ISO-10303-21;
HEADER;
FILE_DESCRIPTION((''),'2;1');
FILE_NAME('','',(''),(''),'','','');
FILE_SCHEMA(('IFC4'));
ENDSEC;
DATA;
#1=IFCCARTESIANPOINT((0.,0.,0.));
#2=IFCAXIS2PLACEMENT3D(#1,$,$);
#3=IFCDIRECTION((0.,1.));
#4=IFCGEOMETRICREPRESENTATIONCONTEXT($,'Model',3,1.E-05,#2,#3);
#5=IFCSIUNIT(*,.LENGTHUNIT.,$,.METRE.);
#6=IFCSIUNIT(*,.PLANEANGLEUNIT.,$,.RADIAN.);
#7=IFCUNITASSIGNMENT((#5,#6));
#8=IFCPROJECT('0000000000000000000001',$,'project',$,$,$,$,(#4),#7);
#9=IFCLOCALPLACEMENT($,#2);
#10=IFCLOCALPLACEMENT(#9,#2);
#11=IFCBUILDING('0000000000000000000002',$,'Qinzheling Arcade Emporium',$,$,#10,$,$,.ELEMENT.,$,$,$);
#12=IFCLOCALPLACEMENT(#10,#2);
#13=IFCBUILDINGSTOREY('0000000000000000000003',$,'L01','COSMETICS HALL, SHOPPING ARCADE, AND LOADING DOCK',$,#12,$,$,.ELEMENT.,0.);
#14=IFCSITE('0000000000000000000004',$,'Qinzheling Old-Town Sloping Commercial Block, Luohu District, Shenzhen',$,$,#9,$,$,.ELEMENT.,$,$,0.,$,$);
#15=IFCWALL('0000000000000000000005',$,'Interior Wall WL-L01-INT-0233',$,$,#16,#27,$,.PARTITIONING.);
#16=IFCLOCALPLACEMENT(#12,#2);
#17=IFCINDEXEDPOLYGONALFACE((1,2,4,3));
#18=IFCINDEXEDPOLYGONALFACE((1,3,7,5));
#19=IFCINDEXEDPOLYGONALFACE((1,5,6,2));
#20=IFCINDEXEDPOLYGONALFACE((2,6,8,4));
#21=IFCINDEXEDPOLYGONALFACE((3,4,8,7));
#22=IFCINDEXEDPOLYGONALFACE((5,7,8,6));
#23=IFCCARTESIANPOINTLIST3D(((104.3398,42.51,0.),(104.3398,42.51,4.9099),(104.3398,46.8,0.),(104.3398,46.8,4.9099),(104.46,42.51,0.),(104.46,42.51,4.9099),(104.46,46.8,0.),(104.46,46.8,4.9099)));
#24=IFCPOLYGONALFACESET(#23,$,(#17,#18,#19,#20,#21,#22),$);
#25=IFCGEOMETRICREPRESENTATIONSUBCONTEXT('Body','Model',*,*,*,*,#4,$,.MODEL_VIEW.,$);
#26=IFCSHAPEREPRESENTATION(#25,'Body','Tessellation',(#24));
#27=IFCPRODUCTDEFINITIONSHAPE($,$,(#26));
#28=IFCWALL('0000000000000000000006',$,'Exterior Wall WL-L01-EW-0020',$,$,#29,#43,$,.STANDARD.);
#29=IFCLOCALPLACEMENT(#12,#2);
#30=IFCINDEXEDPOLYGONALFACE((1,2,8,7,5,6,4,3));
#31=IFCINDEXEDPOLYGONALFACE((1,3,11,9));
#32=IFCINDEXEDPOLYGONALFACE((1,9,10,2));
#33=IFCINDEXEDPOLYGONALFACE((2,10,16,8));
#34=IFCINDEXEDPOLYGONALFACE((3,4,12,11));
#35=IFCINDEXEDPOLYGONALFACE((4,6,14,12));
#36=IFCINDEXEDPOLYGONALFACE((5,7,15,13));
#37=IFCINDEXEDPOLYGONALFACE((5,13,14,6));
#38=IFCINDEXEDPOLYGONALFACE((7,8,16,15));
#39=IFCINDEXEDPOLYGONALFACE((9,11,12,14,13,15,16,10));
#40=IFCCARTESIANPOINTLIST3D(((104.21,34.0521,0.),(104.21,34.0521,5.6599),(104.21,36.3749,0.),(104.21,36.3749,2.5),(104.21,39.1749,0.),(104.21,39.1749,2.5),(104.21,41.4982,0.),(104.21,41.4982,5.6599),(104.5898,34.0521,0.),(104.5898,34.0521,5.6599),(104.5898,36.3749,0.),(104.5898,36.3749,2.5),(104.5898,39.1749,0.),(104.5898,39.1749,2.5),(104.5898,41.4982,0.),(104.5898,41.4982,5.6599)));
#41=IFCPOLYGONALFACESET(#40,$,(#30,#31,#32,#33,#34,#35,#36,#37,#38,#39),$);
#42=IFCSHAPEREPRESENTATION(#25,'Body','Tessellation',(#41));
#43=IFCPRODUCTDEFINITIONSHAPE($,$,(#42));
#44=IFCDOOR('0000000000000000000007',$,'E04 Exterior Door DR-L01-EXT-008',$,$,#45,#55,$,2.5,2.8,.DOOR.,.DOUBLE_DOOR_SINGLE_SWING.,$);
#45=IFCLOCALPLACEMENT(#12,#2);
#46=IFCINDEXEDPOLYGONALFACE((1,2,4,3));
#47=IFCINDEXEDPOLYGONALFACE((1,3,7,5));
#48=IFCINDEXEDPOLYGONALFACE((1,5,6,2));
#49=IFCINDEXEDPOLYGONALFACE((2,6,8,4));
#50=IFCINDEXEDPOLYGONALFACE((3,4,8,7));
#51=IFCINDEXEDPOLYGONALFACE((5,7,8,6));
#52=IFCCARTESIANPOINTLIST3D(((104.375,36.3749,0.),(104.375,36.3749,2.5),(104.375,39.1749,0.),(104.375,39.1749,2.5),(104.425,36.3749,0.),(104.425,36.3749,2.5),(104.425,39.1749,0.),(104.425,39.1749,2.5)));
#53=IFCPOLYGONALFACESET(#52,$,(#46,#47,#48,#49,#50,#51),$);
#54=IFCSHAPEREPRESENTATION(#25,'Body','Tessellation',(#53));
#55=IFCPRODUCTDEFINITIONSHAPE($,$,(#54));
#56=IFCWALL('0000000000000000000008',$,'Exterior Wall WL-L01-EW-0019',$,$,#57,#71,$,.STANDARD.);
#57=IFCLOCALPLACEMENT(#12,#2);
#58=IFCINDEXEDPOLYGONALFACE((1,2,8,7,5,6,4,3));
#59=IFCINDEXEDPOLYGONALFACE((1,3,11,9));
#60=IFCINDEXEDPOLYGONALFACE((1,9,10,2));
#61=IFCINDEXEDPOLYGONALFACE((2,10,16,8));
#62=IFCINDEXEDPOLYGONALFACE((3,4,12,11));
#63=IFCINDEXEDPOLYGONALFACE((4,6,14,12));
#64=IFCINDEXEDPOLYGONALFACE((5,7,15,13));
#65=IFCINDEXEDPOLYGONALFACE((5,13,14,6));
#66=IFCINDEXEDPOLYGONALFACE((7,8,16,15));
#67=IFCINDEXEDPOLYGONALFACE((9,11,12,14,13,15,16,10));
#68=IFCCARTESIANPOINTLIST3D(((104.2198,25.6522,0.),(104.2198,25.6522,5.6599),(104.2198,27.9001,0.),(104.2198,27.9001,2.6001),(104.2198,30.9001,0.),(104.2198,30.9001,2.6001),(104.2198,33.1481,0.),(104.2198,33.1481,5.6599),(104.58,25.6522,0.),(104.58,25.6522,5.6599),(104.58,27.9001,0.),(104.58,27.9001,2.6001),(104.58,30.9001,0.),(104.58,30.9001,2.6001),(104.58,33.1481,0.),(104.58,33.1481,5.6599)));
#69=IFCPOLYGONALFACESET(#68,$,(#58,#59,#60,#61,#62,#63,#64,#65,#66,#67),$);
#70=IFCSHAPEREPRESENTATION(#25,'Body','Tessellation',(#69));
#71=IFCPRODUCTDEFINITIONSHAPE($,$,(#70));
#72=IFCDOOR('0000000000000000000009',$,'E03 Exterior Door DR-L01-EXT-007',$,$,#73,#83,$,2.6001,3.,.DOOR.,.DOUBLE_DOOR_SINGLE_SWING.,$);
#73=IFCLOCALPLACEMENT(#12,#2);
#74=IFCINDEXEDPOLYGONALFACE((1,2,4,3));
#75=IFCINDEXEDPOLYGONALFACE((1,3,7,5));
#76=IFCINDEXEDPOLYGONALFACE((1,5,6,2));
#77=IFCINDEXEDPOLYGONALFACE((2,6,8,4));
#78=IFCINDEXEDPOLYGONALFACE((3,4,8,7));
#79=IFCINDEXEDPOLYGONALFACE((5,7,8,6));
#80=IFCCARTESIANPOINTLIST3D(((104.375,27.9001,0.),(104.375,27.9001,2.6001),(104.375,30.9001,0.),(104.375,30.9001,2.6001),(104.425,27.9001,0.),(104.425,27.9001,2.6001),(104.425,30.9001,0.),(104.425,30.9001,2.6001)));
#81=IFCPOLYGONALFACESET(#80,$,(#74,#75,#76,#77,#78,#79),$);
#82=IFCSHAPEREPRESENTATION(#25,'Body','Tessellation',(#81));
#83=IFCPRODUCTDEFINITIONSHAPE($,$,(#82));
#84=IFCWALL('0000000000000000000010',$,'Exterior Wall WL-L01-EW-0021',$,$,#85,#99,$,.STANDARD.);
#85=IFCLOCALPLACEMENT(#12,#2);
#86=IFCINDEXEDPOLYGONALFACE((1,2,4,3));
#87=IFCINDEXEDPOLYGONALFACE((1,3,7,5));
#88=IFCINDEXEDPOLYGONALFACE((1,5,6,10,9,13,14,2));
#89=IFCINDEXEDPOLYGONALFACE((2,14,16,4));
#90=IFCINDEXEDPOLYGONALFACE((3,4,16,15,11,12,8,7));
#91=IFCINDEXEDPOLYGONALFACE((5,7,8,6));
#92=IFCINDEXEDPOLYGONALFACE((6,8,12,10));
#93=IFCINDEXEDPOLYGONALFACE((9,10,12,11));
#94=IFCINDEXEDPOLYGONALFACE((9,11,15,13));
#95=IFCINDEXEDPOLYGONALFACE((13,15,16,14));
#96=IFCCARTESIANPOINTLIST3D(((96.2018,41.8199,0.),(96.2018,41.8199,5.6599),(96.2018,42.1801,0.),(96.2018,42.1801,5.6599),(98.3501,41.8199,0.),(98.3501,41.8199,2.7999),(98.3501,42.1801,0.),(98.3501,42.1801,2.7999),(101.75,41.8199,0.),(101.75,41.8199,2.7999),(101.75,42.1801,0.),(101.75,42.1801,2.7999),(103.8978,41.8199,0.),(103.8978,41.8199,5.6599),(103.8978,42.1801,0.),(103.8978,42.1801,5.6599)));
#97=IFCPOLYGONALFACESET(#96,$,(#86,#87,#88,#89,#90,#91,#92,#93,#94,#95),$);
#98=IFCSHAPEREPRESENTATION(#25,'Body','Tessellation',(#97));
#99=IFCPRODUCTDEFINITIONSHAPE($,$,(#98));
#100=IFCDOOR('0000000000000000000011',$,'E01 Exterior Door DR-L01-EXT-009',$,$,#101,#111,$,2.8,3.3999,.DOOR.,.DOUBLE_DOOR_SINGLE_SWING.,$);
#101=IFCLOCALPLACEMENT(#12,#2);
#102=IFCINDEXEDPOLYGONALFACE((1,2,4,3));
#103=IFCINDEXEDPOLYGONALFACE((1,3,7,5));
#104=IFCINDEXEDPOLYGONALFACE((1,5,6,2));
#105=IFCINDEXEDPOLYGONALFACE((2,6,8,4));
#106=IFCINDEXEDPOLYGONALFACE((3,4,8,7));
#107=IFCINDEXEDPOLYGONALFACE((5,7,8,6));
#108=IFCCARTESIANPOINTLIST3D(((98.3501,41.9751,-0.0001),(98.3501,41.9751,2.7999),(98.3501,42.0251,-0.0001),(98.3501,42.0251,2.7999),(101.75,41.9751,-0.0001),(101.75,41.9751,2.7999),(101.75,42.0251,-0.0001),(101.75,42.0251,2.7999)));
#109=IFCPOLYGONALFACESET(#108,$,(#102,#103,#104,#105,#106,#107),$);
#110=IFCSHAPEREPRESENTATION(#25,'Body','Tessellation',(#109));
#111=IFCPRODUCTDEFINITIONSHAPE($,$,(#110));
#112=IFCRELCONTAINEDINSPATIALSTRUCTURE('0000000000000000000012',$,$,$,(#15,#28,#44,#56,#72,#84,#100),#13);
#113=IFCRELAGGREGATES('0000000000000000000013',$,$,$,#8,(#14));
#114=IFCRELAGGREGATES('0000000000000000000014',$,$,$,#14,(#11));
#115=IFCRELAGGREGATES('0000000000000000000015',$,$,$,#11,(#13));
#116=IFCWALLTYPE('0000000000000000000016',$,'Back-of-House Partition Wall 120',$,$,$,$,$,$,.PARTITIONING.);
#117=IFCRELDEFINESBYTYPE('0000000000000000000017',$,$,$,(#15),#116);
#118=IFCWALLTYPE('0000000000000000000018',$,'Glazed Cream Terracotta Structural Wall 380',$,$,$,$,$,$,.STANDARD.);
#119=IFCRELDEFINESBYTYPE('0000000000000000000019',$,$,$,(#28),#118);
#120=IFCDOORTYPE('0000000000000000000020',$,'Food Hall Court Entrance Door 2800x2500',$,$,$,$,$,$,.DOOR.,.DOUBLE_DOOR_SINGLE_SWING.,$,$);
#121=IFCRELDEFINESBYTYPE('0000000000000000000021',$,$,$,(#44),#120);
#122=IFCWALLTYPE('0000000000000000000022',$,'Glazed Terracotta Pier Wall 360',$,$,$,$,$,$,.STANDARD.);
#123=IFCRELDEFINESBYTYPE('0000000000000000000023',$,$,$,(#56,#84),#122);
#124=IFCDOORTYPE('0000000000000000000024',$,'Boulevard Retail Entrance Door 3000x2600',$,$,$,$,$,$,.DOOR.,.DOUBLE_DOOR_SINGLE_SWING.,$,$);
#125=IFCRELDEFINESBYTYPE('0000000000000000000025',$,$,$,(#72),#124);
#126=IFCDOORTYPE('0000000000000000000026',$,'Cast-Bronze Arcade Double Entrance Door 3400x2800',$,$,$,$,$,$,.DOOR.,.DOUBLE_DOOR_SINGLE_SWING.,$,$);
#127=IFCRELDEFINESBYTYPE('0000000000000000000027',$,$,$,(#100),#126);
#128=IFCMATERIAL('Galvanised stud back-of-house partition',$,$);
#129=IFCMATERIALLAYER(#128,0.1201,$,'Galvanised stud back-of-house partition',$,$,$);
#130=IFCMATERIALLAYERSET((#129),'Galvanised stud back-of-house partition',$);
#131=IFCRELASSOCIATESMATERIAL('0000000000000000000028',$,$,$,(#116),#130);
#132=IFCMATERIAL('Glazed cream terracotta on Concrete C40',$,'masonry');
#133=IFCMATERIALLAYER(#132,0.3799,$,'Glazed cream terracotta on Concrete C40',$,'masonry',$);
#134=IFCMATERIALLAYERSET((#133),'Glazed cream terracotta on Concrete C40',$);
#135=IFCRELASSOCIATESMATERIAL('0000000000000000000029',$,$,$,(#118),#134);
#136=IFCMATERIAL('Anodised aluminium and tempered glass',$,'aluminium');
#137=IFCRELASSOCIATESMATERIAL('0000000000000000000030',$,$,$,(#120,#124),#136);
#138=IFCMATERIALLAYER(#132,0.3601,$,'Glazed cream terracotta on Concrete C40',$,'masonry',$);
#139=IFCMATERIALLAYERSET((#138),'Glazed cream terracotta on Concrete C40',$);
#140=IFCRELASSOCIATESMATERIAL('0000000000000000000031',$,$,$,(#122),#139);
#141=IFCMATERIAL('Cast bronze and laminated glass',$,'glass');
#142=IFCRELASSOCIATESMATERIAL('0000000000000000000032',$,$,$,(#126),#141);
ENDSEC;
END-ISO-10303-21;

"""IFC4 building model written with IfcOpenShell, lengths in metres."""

from ifc_helpers import new_model, si_unit, direction, frame, frame_2d, origin, place, context, subcontext, project, spatial, rectangle, extrude, material, layer, layer_set, type_object, element, fill, save


model = new_model("IFC4")

# Units and contexts
model_context = context("Model", 3, precision=1e-05, world=origin(), true_north=direction((0.0, 1.0)))
body_context = subcontext(model_context, "Body", "Model", "MODEL_VIEW")
ifc_project = project(units=[si_unit("LENGTHUNIT", "METRE"), si_unit("PLANEANGLEUNIT", "RADIAN")], contexts=[model_context])

# Site, building, storey
site_placement = place(None, origin())
site = spatial("IfcSite", under=ifc_project, at=site_placement, Name="Qinzheling Old-Town Sloping Commercial Block, Luohu District, Shenzhen", CompositionType="ELEMENT", RefElevation=0.0)
building_placement = place(site_placement, origin())
building = spatial("IfcBuilding", under=site, at=building_placement, Name="Qinzheling Arcade Emporium", CompositionType="ELEMENT")
storey_placement = place(building_placement, origin())
storey = spatial("IfcBuildingStorey", under=building, at=storey_placement, Name="L01", Description="COSMETICS HALL, SHOPPING ARCADE, AND LOADING DOCK", CompositionType="ELEMENT", Elevation=0.0)

# Wall
ifc_material_1 = material(Name="Galvanised stud back-of-house partition")
ifc_layer_1 = layer(ifc_material_1, 0.1201, Name="Galvanised stud back-of-house partition")
ifc_layer_set_1 = layer_set([ifc_layer_1], Name="Galvanised stud back-of-house partition")
wall_type_1 = type_object("IfcWallType", Name="Back-of-House Partition Wall 120", PredefinedType="PARTITIONING", material=ifc_layer_set_1)
wall_1_placement = place(storey_placement, frame((104.3999, 46.8, 0.0), z_axis=(0.0, 0.0, 1.0), x_axis=(0.0, -1.0, 0.0)))
element("IfcWall", 1, at=wall_1_placement, inside=storey, type_object=wall_type_1, Name="Interior Wall WL-L01-INT-0233", PredefinedType="PARTITIONING", context=body_context, shape_type="SweptSolid", body=[
    extrude(rectangle(XDim=4.29, YDim=0.1201, at=frame_2d((2.145, 0.0))), origin(), (0.0, 0.0, 1.0), 4.9099),
])

# Walls, openings, doors
ifc_material_2 = material(Name="Glazed cream terracotta on Concrete C40", Category="masonry")
ifc_layer_2 = layer(ifc_material_2, 0.3799, Name="Glazed cream terracotta on Concrete C40", Category="masonry")
ifc_layer_set_2 = layer_set([ifc_layer_2], Name="Glazed cream terracotta on Concrete C40")
wall_type_2 = type_object("IfcWallType", Name="Glazed Cream Terracotta Structural Wall 380", PredefinedType="STANDARD", material=ifc_layer_set_2)
wall_2_placement = place(storey_placement, frame((104.3999, 34.052, 0.0), z_axis=(0.0, 0.0, 1.0), x_axis=(0.0, 1.0, 0.0)))
wall_2 = element("IfcWall", 2, at=wall_2_placement, inside=storey, type_object=wall_type_2, Name="Exterior Wall WL-L01-EW-0020", PredefinedType="STANDARD", context=body_context, shape_type="SweptSolid", body=[
    extrude(rectangle(XDim=7.446, YDim=0.3799, at=frame_2d((3.7231, 0.0))), origin(), (0.0, 0.0, 1.0), 5.6599),
])
opening_1_placement = place(wall_2_placement, frame((2.323, 0.0, 0.0)))
opening_1 = element("IfcOpeningElement", 3, at=opening_1_placement, cuts=wall_2, PredefinedType="OPENING", context=body_context, shape_type="SweptSolid", body=[
    extrude(rectangle(XDim=2.8, YDim=2.5, at=frame_2d((1.3999, 1.25))), frame((0.0, 0.2, 0.0), z_axis=(0.0, -1.0, 0.0), x_axis=(1.0, 0.0, 0.0)), (0.0, 0.0, 1.0), 0.3999),
])
ifc_material_3 = material(Name="Anodised aluminium and tempered glass", Category="aluminium")
door_type_1 = type_object("IfcDoorType", Name="Food Hall Court Entrance Door 2800x2500", OperationType="DOUBLE_DOOR_SINGLE_SWING", PredefinedType="DOOR", material=ifc_material_3)
door_1_placement = place(opening_1_placement, origin())
door_1 = element("IfcDoor", 4, at=door_1_placement, inside=storey, type_object=door_type_1, Name="E04 Exterior Door DR-L01-EXT-008", OperationType="DOUBLE_DOOR_SINGLE_SWING", OverallHeight=2.5, OverallWidth=2.8, PredefinedType="DOOR", context=body_context, shape_type="SweptSolid", body=[
    extrude(rectangle(XDim=2.8, YDim=2.5, at=frame_2d((1.3999, 1.25))), frame((0.0, 0.0249, 0.0), z_axis=(0.0, -1.0, 0.0), x_axis=(1.0, 0.0, 0.0)), (0.0, 0.0, 1.0), 0.05),
])
fill(opening_1, door_1)
ifc_layer_3 = layer(ifc_material_2, 0.3601, Name="Glazed cream terracotta on Concrete C40", Category="masonry")
ifc_layer_set_3 = layer_set([ifc_layer_3], Name="Glazed cream terracotta on Concrete C40")
wall_type_3 = type_object("IfcWallType", Name="Glazed Terracotta Pier Wall 360", PredefinedType="STANDARD", material=ifc_layer_set_3)
wall_3_placement = place(storey_placement, frame((104.3999, 25.6521, 0.0), z_axis=(0.0, 0.0, 1.0), x_axis=(0.0, 1.0, 0.0)))
wall_3 = element("IfcWall", 5, at=wall_3_placement, inside=storey, type_object=wall_type_3, Name="Exterior Wall WL-L01-EW-0019", PredefinedType="STANDARD", context=body_context, shape_type="SweptSolid", body=[
    extrude(rectangle(XDim=7.4958, YDim=0.3601, at=frame_2d((3.748, 0.0))), origin(), (0.0, 0.0, 1.0), 5.6599),
])
opening_2_placement = place(wall_3_placement, frame((2.248, 0.0, 0.0)))
opening_2 = element("IfcOpeningElement", 6, at=opening_2_placement, cuts=wall_3, PredefinedType="OPENING", context=body_context, shape_type="SweptSolid", body=[
    extrude(rectangle(XDim=3.0, YDim=2.6001, at=frame_2d((1.5, 1.3))), frame((0.0, 0.1899, 0.0), z_axis=(0.0, -1.0, 0.0), x_axis=(1.0, 0.0, 0.0)), (0.0, 0.0, 1.0), 0.3801),
])
door_type_2 = type_object("IfcDoorType", Name="Boulevard Retail Entrance Door 3000x2600", OperationType="DOUBLE_DOOR_SINGLE_SWING", PredefinedType="DOOR", material=ifc_material_3)
door_2_placement = place(opening_2_placement, origin())
door_2 = element("IfcDoor", 7, at=door_2_placement, inside=storey, type_object=door_type_2, Name="E03 Exterior Door DR-L01-EXT-007", OperationType="DOUBLE_DOOR_SINGLE_SWING", OverallHeight=2.6001, OverallWidth=3.0, PredefinedType="DOOR", context=body_context, shape_type="SweptSolid", body=[
    extrude(rectangle(XDim=3.0, YDim=2.6001, at=frame_2d((1.5, 1.3))), frame((0.0, 0.0249, 0.0), z_axis=(0.0, -1.0, 0.0), x_axis=(1.0, 0.0, 0.0)), (0.0, 0.0, 1.0), 0.05),
])
fill(opening_2, door_2)
wall_4_placement = place(storey_placement, frame((103.8979, 42.0, 0.0), z_axis=(0.0, 0.0, 1.0), x_axis=(-1.0, 0.0, 0.0)))
wall_4 = element("IfcWall", 8, at=wall_4_placement, inside=storey, type_object=wall_type_3, Name="Exterior Wall WL-L01-EW-0021", PredefinedType="STANDARD", context=body_context, shape_type="SweptSolid", body=[
    extrude(rectangle(XDim=7.696, YDim=0.3601, at=frame_2d((3.8481, 0.0))), origin(), (0.0, 0.0, 1.0), 5.6599),
])
opening_3_placement = place(wall_4_placement, frame((2.1479, 0.0, 0.0)))
opening_3 = element("IfcOpeningElement", 9, at=opening_3_placement, cuts=wall_4, PredefinedType="OPENING", context=body_context, shape_type="SweptSolid", body=[
    extrude(rectangle(XDim=3.3999, YDim=2.8, at=frame_2d((1.7, 1.3999))), frame((0.0, 0.1899, 0.0), z_axis=(0.0, -1.0, 0.0), x_axis=(1.0, 0.0, 0.0)), (0.0, 0.0, 1.0), 0.3801),
])
ifc_material_4 = material(Name="Cast bronze and laminated glass", Category="glass")
door_type_3 = type_object("IfcDoorType", Name="Cast-Bronze Arcade Double Entrance Door 3400x2800", OperationType="DOUBLE_DOOR_SINGLE_SWING", PredefinedType="DOOR", material=ifc_material_4)
door_3_placement = place(opening_3_placement, origin())
door_3 = element("IfcDoor", 10, at=door_3_placement, inside=storey, type_object=door_type_3, Name="E01 Exterior Door DR-L01-EXT-009", OperationType="DOUBLE_DOOR_SINGLE_SWING", OverallHeight=2.8, OverallWidth=3.3999, PredefinedType="DOOR", context=body_context, shape_type="SweptSolid", body=[
    extrude(rectangle(XDim=3.3999, YDim=2.8, at=frame_2d((1.7, 1.3999))), frame((0.0, 0.0249, 0.0), z_axis=(0.0, -1.0, 0.0), x_axis=(1.0, 0.0, 0.0)), (0.0, 0.0, 1.0), 0.05),
])
fill(opening_3, door_3)

save(model, "model.ifc")
